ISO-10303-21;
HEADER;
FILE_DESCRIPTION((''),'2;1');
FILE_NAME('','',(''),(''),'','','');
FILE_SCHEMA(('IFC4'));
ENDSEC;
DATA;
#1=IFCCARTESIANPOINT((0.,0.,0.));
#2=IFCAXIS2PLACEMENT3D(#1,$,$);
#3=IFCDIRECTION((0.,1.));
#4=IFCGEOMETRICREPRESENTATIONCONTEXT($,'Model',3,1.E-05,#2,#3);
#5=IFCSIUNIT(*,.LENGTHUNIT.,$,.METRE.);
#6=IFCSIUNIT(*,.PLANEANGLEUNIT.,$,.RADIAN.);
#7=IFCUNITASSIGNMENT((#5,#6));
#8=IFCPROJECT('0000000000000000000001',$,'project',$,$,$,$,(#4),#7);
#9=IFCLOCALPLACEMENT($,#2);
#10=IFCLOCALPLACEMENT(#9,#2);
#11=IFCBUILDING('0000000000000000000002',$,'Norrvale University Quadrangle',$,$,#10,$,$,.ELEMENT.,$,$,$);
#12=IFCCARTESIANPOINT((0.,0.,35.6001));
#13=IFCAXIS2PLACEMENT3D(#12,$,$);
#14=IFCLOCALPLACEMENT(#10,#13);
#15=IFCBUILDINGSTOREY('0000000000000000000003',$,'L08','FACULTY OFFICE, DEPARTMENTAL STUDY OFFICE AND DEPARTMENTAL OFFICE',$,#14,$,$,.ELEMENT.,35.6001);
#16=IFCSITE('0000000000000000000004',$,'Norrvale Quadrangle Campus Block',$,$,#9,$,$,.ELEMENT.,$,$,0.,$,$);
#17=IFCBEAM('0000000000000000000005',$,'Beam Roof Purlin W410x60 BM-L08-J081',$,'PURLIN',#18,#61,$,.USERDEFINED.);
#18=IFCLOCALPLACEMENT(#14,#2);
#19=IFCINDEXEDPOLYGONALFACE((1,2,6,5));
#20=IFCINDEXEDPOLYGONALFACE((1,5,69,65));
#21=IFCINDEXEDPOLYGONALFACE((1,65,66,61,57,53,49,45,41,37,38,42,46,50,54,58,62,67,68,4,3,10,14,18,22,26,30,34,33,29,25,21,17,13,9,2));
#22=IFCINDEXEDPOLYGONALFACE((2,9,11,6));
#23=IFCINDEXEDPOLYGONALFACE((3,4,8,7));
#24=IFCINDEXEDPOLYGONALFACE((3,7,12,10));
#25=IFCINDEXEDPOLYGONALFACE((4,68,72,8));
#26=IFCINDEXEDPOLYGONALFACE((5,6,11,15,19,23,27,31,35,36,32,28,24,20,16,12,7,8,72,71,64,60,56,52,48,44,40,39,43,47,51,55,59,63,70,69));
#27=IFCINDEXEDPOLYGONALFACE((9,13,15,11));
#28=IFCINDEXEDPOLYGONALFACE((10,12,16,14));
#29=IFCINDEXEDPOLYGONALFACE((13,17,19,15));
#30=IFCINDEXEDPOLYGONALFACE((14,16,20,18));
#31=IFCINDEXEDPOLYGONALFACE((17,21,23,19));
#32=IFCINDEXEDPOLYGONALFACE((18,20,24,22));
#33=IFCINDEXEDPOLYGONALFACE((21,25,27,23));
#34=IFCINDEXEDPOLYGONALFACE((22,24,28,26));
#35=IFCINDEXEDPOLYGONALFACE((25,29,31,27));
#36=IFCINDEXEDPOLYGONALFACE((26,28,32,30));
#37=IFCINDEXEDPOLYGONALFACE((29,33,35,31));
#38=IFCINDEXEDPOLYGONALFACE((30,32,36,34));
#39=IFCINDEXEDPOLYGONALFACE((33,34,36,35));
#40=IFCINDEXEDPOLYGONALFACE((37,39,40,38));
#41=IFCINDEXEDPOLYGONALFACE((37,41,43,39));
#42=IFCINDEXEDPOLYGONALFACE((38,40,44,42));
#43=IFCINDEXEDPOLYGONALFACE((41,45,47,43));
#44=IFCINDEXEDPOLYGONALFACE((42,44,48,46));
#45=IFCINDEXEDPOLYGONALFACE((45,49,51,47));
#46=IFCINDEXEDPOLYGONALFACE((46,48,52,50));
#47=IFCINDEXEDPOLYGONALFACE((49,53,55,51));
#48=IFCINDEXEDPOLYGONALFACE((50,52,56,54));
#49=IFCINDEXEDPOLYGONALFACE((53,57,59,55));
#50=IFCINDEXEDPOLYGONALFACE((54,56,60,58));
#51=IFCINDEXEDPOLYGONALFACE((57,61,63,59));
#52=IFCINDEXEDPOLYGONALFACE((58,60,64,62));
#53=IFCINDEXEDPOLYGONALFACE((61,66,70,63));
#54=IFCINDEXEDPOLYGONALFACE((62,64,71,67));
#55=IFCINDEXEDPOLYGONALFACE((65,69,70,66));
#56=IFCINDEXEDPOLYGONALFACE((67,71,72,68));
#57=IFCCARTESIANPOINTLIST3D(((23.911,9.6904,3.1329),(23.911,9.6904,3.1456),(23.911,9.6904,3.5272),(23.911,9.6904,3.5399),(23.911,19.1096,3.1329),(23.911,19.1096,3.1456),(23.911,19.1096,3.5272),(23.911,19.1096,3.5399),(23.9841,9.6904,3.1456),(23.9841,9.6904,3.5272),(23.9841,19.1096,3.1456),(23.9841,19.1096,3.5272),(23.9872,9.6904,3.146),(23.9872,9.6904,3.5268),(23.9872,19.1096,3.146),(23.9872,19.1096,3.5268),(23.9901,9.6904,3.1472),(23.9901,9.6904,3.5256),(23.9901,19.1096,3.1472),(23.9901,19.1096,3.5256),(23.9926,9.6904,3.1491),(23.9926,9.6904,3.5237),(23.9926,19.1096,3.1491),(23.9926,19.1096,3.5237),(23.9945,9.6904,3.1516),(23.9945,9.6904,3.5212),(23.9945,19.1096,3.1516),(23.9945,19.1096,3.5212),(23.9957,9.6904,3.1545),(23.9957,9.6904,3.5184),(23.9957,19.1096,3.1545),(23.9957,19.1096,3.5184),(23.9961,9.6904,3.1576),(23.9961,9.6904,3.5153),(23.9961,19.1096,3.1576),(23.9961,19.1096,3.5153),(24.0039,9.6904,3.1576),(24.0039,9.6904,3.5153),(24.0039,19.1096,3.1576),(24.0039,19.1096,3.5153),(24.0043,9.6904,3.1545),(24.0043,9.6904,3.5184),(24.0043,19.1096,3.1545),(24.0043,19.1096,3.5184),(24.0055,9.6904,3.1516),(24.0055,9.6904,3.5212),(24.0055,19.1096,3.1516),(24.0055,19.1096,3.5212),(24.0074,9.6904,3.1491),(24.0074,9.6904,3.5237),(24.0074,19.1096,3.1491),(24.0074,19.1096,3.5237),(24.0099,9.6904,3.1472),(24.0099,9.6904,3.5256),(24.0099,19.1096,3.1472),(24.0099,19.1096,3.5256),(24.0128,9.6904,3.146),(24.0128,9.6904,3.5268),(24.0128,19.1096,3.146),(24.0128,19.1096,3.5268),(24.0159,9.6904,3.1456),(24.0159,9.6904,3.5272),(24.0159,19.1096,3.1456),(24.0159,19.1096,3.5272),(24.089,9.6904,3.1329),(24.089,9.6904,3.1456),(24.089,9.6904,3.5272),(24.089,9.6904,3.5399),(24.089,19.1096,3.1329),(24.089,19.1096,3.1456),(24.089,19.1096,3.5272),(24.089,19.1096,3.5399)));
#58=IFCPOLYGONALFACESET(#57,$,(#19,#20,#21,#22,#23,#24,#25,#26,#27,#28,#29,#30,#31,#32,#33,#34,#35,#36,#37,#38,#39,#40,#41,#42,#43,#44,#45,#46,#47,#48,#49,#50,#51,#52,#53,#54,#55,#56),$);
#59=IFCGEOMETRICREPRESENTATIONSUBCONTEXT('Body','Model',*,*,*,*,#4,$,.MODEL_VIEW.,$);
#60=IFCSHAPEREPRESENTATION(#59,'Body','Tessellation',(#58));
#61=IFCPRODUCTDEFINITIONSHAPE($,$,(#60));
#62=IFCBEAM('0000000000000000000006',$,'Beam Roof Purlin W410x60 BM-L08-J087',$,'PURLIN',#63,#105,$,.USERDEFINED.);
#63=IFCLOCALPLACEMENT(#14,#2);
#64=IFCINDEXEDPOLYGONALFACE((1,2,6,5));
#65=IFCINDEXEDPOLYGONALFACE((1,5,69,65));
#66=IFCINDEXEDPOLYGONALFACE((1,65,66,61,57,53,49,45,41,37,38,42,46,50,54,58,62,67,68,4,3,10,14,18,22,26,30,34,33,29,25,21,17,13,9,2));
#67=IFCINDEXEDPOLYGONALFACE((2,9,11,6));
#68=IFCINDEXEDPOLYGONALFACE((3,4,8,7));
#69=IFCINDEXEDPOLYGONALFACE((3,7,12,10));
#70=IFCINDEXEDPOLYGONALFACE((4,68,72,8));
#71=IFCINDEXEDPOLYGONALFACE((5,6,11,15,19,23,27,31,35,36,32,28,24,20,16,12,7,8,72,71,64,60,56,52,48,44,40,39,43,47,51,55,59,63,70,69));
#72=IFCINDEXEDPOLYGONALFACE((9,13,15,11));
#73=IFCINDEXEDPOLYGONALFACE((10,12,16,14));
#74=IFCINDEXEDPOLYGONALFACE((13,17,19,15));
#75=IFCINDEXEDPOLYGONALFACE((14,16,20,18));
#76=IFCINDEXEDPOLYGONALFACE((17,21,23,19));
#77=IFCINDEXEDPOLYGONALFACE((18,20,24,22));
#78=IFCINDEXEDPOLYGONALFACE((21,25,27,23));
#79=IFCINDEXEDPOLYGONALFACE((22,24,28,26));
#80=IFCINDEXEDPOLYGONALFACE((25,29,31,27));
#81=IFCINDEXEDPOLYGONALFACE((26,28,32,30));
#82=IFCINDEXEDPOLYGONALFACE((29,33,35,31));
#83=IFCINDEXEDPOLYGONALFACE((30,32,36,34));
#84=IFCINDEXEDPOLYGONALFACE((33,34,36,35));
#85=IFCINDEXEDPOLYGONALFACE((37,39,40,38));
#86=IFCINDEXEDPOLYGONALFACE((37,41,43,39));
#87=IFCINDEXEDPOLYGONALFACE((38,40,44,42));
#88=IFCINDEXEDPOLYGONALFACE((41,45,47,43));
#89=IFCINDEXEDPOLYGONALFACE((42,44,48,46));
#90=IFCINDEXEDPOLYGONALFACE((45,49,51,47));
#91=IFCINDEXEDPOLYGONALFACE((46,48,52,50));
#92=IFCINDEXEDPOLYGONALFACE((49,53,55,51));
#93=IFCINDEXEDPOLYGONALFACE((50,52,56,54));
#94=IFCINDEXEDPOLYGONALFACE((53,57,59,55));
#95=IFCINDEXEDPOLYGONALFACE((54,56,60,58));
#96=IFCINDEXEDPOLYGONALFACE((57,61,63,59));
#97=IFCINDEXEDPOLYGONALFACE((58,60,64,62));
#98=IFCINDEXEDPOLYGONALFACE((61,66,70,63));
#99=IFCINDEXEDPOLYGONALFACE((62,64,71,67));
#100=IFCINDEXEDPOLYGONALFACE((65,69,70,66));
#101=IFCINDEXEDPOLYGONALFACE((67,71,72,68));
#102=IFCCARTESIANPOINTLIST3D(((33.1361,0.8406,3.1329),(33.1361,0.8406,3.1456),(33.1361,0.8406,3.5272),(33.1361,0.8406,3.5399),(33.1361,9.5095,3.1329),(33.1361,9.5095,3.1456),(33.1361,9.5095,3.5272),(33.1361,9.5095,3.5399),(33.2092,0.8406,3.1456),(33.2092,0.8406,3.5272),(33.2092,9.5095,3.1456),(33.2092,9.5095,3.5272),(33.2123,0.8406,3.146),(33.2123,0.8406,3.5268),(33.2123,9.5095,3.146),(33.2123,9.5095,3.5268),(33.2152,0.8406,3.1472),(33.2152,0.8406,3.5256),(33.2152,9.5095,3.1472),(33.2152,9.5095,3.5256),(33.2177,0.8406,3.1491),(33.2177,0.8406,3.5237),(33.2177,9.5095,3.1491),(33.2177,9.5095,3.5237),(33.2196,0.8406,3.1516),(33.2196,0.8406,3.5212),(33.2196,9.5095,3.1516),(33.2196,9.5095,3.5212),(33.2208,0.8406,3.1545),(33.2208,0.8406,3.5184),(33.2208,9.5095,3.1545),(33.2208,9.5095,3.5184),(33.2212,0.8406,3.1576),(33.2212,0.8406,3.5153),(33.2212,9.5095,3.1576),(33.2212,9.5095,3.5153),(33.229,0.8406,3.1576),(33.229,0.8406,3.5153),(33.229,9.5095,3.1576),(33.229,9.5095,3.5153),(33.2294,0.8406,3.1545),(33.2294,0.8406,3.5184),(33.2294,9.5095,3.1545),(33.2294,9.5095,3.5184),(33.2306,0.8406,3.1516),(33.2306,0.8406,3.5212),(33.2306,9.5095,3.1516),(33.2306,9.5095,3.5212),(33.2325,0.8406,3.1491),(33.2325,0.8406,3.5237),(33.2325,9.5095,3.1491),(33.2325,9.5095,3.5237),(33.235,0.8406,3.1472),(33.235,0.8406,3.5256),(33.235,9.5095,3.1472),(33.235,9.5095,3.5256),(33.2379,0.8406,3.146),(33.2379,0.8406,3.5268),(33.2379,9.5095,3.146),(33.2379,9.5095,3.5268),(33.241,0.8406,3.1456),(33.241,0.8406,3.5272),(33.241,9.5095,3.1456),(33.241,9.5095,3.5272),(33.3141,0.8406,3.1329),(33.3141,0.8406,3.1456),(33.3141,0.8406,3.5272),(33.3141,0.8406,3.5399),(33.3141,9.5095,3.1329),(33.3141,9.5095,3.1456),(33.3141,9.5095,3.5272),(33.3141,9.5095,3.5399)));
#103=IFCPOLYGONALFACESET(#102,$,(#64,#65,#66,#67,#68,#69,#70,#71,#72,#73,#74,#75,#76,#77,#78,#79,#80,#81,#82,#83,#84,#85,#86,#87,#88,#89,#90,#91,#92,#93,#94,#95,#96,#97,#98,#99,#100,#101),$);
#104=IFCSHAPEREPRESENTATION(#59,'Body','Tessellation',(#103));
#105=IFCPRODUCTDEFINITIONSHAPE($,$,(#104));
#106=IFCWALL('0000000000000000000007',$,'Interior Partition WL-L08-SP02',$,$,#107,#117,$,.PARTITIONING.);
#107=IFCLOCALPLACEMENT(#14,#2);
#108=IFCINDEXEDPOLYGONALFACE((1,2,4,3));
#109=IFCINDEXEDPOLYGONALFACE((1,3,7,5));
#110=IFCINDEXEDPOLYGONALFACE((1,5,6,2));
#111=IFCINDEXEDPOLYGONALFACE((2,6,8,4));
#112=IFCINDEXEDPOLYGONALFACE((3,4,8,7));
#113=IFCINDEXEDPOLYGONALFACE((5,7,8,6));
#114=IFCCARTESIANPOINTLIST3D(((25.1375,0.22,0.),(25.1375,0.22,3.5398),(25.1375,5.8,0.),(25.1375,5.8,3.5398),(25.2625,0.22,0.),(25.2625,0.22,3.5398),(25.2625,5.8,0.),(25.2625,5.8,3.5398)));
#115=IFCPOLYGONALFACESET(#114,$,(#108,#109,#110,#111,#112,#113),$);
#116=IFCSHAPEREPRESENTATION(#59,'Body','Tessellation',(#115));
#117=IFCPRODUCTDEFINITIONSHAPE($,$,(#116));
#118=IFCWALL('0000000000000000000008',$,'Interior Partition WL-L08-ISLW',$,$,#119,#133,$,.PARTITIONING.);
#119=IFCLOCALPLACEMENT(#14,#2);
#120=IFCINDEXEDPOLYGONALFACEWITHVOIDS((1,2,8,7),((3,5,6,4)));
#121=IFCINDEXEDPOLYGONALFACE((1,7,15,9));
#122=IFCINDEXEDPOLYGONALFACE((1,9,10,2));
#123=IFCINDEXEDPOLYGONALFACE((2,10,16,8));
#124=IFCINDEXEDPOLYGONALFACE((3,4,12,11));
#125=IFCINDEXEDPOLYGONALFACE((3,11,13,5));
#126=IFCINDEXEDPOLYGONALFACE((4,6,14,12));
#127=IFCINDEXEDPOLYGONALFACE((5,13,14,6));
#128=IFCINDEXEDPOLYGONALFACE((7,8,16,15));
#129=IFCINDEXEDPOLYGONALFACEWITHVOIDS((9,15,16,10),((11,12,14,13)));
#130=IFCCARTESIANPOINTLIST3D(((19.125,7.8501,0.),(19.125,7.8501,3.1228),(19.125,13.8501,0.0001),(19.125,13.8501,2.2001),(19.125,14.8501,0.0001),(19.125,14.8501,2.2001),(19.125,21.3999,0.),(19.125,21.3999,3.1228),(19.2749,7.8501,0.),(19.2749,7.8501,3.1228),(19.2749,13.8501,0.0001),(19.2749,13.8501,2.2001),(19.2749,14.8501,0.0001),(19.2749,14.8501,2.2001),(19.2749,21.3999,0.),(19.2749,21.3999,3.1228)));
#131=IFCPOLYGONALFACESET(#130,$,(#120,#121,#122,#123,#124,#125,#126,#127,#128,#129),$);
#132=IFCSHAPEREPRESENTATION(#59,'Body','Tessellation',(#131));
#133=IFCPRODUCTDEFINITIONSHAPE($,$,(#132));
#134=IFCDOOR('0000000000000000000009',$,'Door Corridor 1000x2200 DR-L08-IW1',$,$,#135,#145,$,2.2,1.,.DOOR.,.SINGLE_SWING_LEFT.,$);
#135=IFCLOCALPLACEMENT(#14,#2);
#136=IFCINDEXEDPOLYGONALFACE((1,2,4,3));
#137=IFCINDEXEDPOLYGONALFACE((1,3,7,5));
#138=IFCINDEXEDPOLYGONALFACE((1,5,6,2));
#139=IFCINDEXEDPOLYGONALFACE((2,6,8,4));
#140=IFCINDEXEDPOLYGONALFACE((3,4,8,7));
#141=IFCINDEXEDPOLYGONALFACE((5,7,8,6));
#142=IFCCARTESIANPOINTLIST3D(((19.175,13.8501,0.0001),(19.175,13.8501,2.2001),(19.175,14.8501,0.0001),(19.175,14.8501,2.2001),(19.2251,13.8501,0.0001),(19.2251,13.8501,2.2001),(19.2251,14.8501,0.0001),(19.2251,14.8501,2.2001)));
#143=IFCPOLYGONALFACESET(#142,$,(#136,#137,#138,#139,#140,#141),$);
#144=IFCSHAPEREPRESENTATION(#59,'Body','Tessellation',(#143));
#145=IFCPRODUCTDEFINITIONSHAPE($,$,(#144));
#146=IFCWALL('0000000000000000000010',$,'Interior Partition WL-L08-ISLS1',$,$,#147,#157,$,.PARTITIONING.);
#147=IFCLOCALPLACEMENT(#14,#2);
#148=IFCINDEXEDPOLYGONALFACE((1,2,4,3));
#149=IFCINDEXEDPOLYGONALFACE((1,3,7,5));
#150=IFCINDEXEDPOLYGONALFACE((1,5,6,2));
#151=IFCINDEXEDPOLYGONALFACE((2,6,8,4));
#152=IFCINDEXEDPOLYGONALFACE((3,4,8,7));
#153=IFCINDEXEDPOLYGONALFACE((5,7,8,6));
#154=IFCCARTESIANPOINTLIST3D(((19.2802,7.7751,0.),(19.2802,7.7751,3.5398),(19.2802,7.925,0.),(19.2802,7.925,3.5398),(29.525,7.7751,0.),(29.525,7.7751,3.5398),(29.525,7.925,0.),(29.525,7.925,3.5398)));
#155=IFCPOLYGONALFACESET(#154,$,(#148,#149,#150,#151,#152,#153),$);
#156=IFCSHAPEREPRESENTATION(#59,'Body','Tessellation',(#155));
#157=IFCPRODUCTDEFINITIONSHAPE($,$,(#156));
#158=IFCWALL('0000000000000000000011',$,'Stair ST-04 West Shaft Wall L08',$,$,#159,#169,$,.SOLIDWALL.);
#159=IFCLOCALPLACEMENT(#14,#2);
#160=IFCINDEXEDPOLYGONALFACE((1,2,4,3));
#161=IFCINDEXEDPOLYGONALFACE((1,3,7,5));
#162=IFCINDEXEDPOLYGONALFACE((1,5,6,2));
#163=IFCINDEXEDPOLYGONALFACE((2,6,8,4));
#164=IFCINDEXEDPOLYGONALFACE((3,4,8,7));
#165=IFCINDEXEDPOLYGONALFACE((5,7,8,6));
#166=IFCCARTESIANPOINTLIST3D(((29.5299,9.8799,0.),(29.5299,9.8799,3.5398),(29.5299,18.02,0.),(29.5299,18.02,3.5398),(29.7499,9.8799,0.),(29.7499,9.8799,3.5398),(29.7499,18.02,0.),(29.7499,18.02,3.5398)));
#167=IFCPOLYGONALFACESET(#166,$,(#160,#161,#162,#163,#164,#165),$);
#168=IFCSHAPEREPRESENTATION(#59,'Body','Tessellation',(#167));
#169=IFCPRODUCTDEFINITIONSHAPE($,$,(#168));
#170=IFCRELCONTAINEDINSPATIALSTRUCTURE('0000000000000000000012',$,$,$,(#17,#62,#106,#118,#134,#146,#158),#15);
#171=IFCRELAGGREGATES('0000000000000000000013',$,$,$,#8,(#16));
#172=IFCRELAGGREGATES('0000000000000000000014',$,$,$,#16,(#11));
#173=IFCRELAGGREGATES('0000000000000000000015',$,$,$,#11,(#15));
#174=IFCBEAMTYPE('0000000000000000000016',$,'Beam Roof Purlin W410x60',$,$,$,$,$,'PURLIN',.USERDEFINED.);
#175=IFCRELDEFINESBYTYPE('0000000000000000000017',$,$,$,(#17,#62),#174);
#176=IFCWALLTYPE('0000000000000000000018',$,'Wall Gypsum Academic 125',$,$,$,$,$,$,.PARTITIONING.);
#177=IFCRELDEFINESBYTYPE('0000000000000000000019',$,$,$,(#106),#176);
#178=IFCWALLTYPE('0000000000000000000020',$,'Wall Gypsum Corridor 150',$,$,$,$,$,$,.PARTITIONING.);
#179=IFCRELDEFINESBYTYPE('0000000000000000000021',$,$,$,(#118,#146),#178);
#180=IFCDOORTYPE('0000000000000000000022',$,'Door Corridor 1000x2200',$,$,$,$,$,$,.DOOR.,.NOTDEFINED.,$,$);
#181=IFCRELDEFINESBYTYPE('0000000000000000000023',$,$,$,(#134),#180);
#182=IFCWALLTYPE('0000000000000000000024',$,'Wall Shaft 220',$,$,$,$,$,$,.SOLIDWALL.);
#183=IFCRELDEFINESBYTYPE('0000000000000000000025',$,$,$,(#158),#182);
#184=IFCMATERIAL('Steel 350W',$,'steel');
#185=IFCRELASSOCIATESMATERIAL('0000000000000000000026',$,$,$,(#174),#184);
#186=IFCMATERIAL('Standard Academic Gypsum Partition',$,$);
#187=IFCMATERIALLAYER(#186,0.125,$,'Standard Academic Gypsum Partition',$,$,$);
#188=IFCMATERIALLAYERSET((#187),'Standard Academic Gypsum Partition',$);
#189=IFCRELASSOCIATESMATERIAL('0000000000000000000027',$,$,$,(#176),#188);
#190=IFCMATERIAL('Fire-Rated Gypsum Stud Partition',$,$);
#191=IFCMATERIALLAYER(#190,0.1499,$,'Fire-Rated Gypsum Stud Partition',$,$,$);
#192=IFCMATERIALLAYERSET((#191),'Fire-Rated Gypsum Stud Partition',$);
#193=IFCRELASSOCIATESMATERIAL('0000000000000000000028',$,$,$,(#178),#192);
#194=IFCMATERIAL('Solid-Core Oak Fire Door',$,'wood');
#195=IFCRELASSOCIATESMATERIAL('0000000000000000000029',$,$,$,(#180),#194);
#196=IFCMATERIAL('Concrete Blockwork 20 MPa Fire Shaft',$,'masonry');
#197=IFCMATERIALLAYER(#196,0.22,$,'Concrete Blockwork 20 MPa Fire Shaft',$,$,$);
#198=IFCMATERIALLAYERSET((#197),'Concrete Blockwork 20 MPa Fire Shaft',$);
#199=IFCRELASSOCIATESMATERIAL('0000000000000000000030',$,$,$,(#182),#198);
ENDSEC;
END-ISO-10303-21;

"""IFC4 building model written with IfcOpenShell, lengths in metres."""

from ifc_helpers import new_model, si_unit, direction, frame, frame_2d, origin, origin_2d, place, context, subcontext, project, spatial, rectangle, i_section, extrude, material, layer, layer_set, material_profile, profile_set, type_object, element, fill, save


model = new_model("IFC4")

# Units and contexts
model_context = context("Model", 3, precision=1e-05, world=origin(), true_north=direction((0.0, 1.0)))
body_context = subcontext(model_context, "Body", "Model", "MODEL_VIEW")
ifc_project = project(units=[si_unit("LENGTHUNIT", "METRE"), si_unit("PLANEANGLEUNIT", "RADIAN")], contexts=[model_context])

# Site, building, storey
site_placement = place(None, origin())
site = spatial("IfcSite", under=ifc_project, at=site_placement, Name="Norrvale Quadrangle Campus Block", CompositionType="ELEMENT", RefElevation=0.0)
building_placement = place(site_placement, origin())
building = spatial("IfcBuilding", under=site, at=building_placement, Name="Norrvale University Quadrangle", CompositionType="ELEMENT")
storey_placement = place(building_placement, frame((0.0, 0.0, 35.6001)))
storey = spatial("IfcBuildingStorey", under=building, at=storey_placement, Name="L08", Description="FACULTY OFFICE, DEPARTMENTAL STUDY OFFICE AND DEPARTMENTAL OFFICE", CompositionType="ELEMENT", Elevation=35.6001)

# Beams
ifc_material_1 = material(Name="Steel 350W", Category="steel")
ifc_material_profile_1 = material_profile(ifc_material_1, i_section(OverallWidth=0.178, OverallDepth=0.407, WebThickness=0.0078, FlangeThickness=0.0127, FilletRadius=0.012, at=origin_2d()), Name="Steel 350W")
ifc_profile_set_1 = profile_set([ifc_material_profile_1], Name="Steel 350W")
beam_type_1 = type_object("IfcBeamType", Name="Beam Roof Purlin W410x60", ElementType="PURLIN", PredefinedType="USERDEFINED", material=ifc_profile_set_1)
beam_1_placement = place(storey_placement, frame((24.0, 9.6904, 3.3364), z_axis=(0.0, 1.0, 0.0), x_axis=(-1.0, 0.0, 0.0)))
element("IfcBeam", 1, at=beam_1_placement, inside=storey, type_object=beam_type_1, Name="Beam Roof Purlin W410x60 BM-L08-J081", ObjectType="PURLIN", PredefinedType="USERDEFINED", context=body_context, shape_type="SweptSolid", body=[
    extrude(i_section(OverallWidth=0.178, OverallDepth=0.407, WebThickness=0.0078, FlangeThickness=0.0127, FilletRadius=0.012, at=origin_2d()), origin(), (0.0, 0.0, 1.0), 9.4192),
])
beam_2_placement = place(storey_placement, frame((33.2251, 0.8406, 3.3364), z_axis=(0.0, 1.0, 0.0), x_axis=(-1.0, 0.0, 0.0)))
element("IfcBeam", 2, at=beam_2_placement, inside=storey, type_object=beam_type_1, Name="Beam Roof Purlin W410x60 BM-L08-J087", ObjectType="PURLIN", PredefinedType="USERDEFINED", context=body_context, shape_type="SweptSolid", body=[
    extrude(i_section(OverallWidth=0.178, OverallDepth=0.407, WebThickness=0.0078, FlangeThickness=0.0127, FilletRadius=0.012, at=origin_2d()), origin(), (0.0, 0.0, 1.0), 8.6689),
])

# Wall
ifc_material_2 = material(Name="Standard Academic Gypsum Partition")
ifc_layer_1 = layer(ifc_material_2, 0.125, Name="Standard Academic Gypsum Partition")
ifc_layer_set_1 = layer_set([ifc_layer_1], Name="Standard Academic Gypsum Partition")
wall_type_1 = type_object("IfcWallType", Name="Wall Gypsum Academic 125", PredefinedType="PARTITIONING", material=ifc_layer_set_1)
wall_1_placement = place(storey_placement, frame((25.2, 0.22, 0.0), z_axis=(0.0, 0.0, 1.0), x_axis=(0.0, 1.0, 0.0)))
element("IfcWall", 3, at=wall_1_placement, inside=storey, type_object=wall_type_1, Name="Interior Partition WL-L08-SP02", PredefinedType="PARTITIONING", context=body_context, shape_type="SweptSolid", body=[
    extrude(rectangle(XDim=5.5801, YDim=0.125, at=frame_2d((2.79, 0.0))), origin(), (0.0, 0.0, 1.0), 3.5398),
])

# Wall, opening, door
ifc_material_3 = material(Name="Fire-Rated Gypsum Stud Partition")
ifc_layer_2 = layer(ifc_material_3, 0.1499, Name="Fire-Rated Gypsum Stud Partition")
ifc_layer_set_2 = layer_set([ifc_layer_2], Name="Fire-Rated Gypsum Stud Partition")
wall_type_2 = type_object("IfcWallType", Name="Wall Gypsum Corridor 150", PredefinedType="PARTITIONING", material=ifc_layer_set_2)
wall_2_placement = place(storey_placement, frame((19.2, 7.8501, 0.0), z_axis=(0.0, 0.0, 1.0), x_axis=(0.0, 1.0, 0.0)))
wall_2 = element("IfcWall", 4, at=wall_2_placement, inside=storey, type_object=wall_type_2, Name="Interior Partition WL-L08-ISLW", PredefinedType="PARTITIONING", context=body_context, shape_type="SweptSolid", body=[
    extrude(rectangle(XDim=13.5498, YDim=0.1499, at=frame_2d((6.7749, 0.0))), origin(), (0.0, 0.0, 1.0), 3.1228),
])
opening_placement = place(wall_2_placement, frame((6.0, 0.0, 0.0)))
opening = element("IfcOpeningElement", 5, at=opening_placement, cuts=wall_2, PredefinedType="OPENING", context=body_context, shape_type="SweptSolid", body=[
    extrude(rectangle(XDim=1.0, YDim=2.2, at=frame_2d((0.5, 1.1001))), frame((0.0, 0.0869, 0.0), z_axis=(0.0, -1.0, 0.0), x_axis=(1.0, 0.0, 0.0)), (0.0, 0.0, 1.0), 0.1738),
])
ifc_material_4 = material(Name="Solid-Core Oak Fire Door", Category="wood")
door_type = type_object("IfcDoorType", Name="Door Corridor 1000x2200", OperationType="NOTDEFINED", PredefinedType="DOOR", material=ifc_material_4)
door_placement = place(opening_placement, origin())
door = element("IfcDoor", 6, at=door_placement, inside=storey, type_object=door_type, Name="Door Corridor 1000x2200 DR-L08-IW1", OperationType="SINGLE_SWING_LEFT", OverallHeight=2.2, OverallWidth=1.0, PredefinedType="DOOR", context=body_context, shape_type="SweptSolid", body=[
    extrude(rectangle(XDim=1.0, YDim=2.2, at=frame_2d((0.5, 1.1001))), frame((0.0, 0.0249, 0.0), z_axis=(0.0, -1.0, 0.0), x_axis=(1.0, 0.0, 0.0)), (0.0, 0.0, 1.0), 0.05),
])
fill(opening, door)

# Walls
wall_3_placement = place(storey_placement, frame((19.28, 7.8501, 0.0), z_axis=(0.0, 0.0, 1.0), x_axis=(1.0, 0.0, 0.0)))
element("IfcWall", 7, at=wall_3_placement, inside=storey, type_object=wall_type_2, Name="Interior Partition WL-L08-ISLS1", PredefinedType="PARTITIONING", context=body_context, shape_type="SweptSolid", body=[
    extrude(rectangle(XDim=10.2449, YDim=0.1499, at=frame_2d((5.1226, 0.0))), origin(), (0.0, 0.0, 1.0), 3.5398),
])
ifc_material_5 = material(Name="Concrete Blockwork 20 MPa Fire Shaft", Category="masonry")
ifc_layer_3 = layer(ifc_material_5, 0.22, Name="Concrete Blockwork 20 MPa Fire Shaft")
ifc_layer_set_3 = layer_set([ifc_layer_3], Name="Concrete Blockwork 20 MPa Fire Shaft")
wall_type_3 = type_object("IfcWallType", Name="Wall Shaft 220", PredefinedType="SOLIDWALL", material=ifc_layer_set_3)
wall_4_placement = place(storey_placement, frame((29.6399, 9.8799, 0.0), z_axis=(0.0, 0.0, 1.0), x_axis=(0.0, 1.0, 0.0)))
element("IfcWall", 8, at=wall_4_placement, inside=storey, type_object=wall_type_3, Name="Stair ST-04 West Shaft Wall L08", PredefinedType="SOLIDWALL", context=body_context, shape_type="SweptSolid", body=[
    extrude(rectangle(XDim=8.1401, YDim=0.22, at=frame_2d((4.0701, 0.0))), origin(), (0.0, 0.0, 1.0), 3.5398),
])

save(model, "model.ifc")
